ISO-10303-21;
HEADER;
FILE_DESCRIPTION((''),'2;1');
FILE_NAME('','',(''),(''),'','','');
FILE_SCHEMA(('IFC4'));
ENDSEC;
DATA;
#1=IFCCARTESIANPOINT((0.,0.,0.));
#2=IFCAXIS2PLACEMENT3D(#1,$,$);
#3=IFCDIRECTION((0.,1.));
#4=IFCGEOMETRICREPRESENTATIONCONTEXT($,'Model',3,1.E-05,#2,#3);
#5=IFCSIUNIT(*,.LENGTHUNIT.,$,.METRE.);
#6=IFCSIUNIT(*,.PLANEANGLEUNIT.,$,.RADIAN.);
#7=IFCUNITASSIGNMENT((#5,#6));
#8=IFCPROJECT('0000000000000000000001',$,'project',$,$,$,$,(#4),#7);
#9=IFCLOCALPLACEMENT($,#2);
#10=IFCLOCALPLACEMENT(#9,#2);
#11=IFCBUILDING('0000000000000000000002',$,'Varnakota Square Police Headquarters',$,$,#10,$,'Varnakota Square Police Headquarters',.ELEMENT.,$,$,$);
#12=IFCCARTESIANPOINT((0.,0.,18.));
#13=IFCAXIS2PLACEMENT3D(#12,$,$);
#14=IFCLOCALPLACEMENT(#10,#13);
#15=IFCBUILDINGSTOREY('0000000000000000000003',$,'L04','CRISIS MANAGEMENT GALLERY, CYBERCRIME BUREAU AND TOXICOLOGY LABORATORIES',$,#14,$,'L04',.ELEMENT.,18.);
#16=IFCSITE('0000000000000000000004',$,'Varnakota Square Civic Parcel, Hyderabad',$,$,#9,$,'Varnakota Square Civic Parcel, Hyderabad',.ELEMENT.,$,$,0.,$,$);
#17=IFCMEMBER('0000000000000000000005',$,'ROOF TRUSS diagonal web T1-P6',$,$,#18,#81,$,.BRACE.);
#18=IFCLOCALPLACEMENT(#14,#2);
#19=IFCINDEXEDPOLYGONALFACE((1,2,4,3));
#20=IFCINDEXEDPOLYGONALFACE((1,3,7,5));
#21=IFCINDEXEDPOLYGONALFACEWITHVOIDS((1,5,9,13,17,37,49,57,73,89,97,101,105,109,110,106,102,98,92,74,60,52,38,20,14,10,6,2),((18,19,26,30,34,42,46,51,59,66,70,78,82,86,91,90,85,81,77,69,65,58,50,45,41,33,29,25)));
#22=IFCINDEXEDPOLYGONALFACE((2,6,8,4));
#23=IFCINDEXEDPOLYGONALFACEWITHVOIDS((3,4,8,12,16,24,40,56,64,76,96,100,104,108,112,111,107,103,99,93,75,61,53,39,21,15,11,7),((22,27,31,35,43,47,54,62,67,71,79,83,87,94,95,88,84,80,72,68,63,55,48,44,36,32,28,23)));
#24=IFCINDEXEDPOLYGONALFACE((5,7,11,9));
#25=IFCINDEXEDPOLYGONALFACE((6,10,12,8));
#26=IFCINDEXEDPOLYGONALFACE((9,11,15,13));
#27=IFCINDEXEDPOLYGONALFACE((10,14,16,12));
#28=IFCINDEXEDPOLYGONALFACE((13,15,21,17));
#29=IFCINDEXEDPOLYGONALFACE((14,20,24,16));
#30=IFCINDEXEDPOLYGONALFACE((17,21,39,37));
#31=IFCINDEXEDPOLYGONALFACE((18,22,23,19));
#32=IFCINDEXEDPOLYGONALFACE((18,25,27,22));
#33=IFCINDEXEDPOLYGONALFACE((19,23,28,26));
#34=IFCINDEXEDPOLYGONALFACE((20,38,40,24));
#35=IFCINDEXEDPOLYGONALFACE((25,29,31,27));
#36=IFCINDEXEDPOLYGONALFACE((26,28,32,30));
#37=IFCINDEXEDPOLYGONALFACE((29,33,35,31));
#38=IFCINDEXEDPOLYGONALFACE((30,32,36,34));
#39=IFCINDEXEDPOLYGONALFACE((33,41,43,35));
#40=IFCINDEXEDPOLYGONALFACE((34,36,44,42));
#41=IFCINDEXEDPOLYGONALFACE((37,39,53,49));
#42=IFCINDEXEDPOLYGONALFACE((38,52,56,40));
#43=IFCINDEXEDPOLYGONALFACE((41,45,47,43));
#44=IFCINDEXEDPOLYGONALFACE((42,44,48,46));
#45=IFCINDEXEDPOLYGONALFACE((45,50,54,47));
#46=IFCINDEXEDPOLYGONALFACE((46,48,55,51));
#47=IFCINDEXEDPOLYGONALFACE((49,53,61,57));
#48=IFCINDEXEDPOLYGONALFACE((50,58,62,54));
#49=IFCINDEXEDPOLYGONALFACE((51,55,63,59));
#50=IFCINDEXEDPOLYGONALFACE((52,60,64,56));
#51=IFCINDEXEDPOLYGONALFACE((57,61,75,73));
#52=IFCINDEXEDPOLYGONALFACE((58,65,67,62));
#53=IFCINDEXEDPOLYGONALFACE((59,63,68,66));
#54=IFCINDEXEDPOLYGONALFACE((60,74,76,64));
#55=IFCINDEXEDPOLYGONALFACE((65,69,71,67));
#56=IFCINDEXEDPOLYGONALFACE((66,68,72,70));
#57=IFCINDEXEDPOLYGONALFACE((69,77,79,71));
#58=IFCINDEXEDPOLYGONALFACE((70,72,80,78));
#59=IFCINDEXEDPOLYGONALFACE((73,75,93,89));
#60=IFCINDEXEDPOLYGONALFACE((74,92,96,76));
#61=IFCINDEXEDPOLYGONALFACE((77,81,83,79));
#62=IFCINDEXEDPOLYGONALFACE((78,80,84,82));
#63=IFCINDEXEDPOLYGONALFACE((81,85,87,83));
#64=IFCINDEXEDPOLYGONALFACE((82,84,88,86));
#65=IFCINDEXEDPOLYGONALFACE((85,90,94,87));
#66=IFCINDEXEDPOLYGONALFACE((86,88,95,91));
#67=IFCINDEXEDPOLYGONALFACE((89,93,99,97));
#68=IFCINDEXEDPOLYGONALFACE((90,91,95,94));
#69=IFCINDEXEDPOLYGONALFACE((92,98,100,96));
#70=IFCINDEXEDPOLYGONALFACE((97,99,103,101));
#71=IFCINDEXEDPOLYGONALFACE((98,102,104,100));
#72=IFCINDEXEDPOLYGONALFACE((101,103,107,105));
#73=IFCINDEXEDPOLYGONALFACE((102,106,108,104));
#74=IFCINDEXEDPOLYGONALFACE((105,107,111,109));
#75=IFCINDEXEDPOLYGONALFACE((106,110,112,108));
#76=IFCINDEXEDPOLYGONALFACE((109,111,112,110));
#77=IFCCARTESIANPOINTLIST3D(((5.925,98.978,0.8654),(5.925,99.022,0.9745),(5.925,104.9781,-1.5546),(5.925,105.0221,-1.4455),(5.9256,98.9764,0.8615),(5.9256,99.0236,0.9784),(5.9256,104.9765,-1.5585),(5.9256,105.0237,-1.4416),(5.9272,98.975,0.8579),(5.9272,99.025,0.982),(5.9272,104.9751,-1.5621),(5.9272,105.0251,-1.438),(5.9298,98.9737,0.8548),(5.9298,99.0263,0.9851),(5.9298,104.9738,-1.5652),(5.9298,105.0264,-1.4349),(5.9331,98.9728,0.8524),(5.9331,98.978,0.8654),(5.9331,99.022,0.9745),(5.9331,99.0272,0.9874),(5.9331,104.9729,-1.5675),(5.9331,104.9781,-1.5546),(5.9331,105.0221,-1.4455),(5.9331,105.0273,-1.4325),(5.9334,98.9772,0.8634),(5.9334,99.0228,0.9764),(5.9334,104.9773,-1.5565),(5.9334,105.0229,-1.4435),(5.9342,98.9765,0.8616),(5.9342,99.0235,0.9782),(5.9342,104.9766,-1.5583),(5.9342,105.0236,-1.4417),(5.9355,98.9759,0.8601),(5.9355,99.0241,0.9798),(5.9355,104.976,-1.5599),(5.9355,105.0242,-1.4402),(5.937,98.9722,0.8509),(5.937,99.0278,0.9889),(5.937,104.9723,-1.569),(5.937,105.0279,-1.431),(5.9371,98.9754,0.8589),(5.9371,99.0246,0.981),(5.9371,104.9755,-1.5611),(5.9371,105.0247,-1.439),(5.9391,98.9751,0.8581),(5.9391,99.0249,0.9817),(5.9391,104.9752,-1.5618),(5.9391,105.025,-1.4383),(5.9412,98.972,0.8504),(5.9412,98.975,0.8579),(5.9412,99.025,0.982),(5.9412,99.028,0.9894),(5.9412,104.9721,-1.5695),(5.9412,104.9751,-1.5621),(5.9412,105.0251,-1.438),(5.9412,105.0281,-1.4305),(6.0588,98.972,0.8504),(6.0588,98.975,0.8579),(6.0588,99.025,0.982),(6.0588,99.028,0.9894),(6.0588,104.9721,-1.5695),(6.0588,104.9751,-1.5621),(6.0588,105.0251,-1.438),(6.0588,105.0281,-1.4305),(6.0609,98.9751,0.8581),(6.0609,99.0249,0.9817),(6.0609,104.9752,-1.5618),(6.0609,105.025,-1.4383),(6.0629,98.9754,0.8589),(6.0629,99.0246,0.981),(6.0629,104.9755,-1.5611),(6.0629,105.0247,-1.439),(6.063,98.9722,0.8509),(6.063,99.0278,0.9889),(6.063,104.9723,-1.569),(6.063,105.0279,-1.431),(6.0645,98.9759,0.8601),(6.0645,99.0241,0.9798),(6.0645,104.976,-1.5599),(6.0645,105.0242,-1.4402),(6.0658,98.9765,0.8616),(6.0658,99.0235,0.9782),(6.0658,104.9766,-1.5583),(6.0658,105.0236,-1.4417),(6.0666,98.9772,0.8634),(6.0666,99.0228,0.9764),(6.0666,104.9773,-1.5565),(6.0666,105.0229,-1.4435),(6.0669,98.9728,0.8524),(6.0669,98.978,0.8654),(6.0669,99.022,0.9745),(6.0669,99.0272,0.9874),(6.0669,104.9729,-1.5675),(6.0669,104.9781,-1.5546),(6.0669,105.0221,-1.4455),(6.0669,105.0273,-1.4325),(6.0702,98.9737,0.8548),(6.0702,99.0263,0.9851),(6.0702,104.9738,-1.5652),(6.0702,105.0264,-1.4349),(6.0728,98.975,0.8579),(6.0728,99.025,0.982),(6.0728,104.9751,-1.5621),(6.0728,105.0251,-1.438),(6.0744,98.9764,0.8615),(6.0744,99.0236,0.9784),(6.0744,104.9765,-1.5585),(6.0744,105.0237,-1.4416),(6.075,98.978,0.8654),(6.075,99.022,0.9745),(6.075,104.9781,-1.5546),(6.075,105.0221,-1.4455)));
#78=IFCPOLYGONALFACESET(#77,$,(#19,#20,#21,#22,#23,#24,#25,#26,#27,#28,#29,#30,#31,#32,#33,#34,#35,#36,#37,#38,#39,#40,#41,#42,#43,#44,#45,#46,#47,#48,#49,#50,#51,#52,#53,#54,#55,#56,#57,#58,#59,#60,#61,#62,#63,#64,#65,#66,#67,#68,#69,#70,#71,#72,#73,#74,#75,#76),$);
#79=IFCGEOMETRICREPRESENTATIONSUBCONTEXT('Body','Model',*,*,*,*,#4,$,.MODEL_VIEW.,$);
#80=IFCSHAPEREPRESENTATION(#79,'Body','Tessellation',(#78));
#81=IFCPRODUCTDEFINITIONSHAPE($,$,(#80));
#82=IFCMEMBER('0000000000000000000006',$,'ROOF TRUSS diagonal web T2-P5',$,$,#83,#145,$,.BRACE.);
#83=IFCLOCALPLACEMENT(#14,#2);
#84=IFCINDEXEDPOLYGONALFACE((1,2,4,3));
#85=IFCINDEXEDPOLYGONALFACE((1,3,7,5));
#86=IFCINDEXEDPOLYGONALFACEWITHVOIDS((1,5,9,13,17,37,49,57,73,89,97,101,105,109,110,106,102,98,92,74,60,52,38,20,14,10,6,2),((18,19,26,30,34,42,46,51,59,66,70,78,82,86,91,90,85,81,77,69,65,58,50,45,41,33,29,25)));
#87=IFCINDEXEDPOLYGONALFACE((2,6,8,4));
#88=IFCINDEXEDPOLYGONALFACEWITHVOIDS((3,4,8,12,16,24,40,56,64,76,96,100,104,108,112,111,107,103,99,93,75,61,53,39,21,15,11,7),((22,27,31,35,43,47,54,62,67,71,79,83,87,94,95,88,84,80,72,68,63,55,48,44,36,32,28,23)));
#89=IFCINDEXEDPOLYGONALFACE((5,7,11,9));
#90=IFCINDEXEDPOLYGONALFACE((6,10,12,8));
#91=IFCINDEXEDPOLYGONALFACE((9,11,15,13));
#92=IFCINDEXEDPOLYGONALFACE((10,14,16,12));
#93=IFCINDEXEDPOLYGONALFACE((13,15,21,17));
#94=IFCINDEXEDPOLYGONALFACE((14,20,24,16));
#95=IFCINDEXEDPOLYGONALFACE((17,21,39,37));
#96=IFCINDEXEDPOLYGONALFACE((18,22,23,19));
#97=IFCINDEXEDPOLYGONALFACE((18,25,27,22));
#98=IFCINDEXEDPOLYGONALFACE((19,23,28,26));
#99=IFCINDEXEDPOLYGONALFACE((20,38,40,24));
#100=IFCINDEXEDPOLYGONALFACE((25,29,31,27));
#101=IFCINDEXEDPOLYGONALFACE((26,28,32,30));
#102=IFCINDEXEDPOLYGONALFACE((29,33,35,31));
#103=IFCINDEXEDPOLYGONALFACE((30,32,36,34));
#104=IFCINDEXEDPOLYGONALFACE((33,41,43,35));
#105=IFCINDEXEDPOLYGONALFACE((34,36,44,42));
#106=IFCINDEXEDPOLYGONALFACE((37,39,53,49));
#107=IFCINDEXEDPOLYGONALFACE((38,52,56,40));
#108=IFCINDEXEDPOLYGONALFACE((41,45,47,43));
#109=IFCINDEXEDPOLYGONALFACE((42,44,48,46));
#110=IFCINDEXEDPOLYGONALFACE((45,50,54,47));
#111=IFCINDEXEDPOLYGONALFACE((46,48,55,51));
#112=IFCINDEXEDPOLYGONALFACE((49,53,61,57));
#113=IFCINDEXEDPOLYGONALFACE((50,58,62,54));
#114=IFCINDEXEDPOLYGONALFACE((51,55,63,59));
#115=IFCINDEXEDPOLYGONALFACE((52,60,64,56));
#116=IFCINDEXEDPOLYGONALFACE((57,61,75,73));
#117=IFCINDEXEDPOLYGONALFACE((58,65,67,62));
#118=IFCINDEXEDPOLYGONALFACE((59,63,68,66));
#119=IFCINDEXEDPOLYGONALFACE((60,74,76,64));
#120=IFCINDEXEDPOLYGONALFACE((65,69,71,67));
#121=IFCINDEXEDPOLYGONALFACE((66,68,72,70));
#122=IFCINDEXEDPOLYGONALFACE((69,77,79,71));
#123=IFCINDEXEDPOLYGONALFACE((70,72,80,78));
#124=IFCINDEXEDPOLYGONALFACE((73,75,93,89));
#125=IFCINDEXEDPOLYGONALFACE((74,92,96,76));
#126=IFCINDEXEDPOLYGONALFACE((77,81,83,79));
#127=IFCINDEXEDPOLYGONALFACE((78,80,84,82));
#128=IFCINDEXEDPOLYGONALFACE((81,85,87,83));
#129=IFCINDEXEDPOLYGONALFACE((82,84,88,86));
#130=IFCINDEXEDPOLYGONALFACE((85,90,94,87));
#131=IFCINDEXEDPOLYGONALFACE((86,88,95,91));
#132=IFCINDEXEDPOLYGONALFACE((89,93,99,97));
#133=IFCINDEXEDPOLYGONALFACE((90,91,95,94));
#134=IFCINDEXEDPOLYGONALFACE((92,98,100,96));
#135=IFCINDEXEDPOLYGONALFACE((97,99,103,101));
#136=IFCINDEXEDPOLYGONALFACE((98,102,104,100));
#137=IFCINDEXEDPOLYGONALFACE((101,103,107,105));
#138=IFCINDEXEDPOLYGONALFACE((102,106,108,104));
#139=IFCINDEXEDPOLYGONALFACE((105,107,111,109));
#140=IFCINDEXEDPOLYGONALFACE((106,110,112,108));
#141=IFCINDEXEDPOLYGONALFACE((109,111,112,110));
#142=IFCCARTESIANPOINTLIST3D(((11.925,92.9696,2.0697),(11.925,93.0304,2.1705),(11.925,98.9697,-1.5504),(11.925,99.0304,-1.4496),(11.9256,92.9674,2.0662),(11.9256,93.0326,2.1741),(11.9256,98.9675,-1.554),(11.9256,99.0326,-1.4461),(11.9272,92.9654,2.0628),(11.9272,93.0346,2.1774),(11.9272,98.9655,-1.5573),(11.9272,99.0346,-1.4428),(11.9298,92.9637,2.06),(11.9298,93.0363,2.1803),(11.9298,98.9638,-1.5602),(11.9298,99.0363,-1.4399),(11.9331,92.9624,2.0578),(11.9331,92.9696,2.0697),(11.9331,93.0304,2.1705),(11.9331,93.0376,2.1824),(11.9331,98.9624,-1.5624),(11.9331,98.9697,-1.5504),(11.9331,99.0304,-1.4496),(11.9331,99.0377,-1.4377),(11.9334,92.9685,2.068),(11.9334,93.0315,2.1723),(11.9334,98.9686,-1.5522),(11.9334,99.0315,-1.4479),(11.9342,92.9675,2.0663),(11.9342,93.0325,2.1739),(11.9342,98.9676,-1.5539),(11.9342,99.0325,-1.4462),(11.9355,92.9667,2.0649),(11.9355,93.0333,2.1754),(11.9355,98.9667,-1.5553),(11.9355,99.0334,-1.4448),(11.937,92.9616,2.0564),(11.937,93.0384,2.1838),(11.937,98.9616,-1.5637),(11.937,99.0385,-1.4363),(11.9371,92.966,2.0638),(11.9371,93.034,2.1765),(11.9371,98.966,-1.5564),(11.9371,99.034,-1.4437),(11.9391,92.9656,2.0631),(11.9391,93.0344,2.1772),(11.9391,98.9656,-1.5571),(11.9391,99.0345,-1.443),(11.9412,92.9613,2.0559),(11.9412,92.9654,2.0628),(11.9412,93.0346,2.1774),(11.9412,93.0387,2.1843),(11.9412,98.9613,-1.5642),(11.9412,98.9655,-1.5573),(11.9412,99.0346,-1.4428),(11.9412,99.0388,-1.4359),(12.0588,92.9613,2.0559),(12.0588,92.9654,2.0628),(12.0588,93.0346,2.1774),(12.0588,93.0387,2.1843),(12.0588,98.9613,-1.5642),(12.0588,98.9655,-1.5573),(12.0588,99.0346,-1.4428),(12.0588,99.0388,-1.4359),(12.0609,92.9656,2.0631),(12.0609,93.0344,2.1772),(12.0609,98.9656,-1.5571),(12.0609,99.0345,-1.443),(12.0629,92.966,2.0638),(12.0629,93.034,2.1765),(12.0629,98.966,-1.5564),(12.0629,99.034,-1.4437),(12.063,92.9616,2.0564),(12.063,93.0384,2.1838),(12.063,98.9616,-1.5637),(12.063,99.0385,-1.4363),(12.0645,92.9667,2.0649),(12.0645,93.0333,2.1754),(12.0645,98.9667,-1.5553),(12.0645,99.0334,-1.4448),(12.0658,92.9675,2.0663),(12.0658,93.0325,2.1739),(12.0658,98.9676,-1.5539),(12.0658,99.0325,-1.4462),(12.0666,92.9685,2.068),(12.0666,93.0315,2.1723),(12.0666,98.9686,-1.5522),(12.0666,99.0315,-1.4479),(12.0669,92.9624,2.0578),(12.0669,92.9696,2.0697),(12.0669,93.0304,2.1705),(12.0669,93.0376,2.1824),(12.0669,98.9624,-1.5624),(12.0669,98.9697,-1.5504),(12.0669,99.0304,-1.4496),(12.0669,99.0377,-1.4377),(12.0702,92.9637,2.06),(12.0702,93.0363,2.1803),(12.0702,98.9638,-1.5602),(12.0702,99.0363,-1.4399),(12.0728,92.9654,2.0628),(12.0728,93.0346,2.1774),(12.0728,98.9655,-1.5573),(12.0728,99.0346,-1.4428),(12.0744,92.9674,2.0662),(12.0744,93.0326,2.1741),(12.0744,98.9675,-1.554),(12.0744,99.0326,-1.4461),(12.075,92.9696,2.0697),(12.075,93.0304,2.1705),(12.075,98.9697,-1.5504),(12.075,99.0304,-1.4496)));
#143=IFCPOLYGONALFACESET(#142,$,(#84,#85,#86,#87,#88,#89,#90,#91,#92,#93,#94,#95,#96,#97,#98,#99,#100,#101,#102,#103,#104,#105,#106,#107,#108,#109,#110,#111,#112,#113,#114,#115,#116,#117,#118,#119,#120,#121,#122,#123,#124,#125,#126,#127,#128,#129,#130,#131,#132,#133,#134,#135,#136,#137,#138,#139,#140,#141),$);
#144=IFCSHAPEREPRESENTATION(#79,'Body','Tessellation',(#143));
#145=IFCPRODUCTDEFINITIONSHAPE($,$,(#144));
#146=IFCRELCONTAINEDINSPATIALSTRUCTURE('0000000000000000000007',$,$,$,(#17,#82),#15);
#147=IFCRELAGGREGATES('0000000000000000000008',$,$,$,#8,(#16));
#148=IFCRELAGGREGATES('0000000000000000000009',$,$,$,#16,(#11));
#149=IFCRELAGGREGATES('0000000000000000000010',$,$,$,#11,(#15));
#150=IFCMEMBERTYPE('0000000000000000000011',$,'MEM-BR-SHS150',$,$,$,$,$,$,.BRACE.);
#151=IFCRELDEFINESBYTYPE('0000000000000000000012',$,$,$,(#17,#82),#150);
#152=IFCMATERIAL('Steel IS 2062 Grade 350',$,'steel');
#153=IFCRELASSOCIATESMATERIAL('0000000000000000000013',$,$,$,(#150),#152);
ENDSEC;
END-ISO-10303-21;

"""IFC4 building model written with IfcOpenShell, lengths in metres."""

from ifc_helpers import new_model, si_unit, direction, frame, origin, origin_2d, place, context, subcontext, project, spatial, hollow_rectangle, extrude, material, material_profile, profile_set, type_object, element, save


model = new_model("IFC4")

# Units and contexts
model_context = context("Model", 3, precision=1e-05, world=origin(), true_north=direction((0.0, 1.0)))
body_context = subcontext(model_context, "Body", "Model", "MODEL_VIEW")
ifc_project = project(units=[si_unit("LENGTHUNIT", "METRE"), si_unit("PLANEANGLEUNIT", "RADIAN")], contexts=[model_context])

# Site, building, storey
site_placement = place(None, origin())
site = spatial("IfcSite", under=ifc_project, at=site_placement, Name="Varnakota Square Civic Parcel, Hyderabad", LongName="Varnakota Square Civic Parcel, Hyderabad", CompositionType="ELEMENT", RefElevation=0.0)
building_placement = place(site_placement, origin())
building = spatial("IfcBuilding", under=site, at=building_placement, Name="Varnakota Square Police Headquarters", LongName="Varnakota Square Police Headquarters", CompositionType="ELEMENT")
storey_placement = place(building_placement, frame((0.0, 0.0, 18.0)))
storey = spatial("IfcBuildingStorey", under=building, at=storey_placement, Name="L04", Description="CRISIS MANAGEMENT GALLERY, CYBERCRIME BUREAU AND TOXICOLOGY LABORATORIES", LongName="L04", CompositionType="ELEMENT", Elevation=18.0)

# Shared definitions
ifc_material_1 = material(Name="Steel IS 2062 Grade 350", Category="steel")

# Members
ifc_material_profile_1 = material_profile(ifc_material_1, hollow_rectangle(XDim=0.1499, YDim=0.1499, WallThickness=0.0081, InnerFilletRadius=0.0081, OuterFilletRadius=0.0161, at=origin_2d()), Name="SHS 150x150x8")
ifc_profile_set_1 = profile_set([ifc_material_profile_1], Name="Steel IS 2062 Grade 350")
member_type_1 = type_object("IfcMemberType", Name="MEM-BR-SHS150", PredefinedType="BRACE", material=ifc_profile_set_1)
member_1_placement = place(storey_placement, frame((6.0, 99.0, 0.9199), z_axis=(0.0, 0.927411, -0.374044), x_axis=(-1.0, 0.0, 0.0)))
element("IfcMember", 1, at=member_1_placement, inside=storey, type_object=member_type_1, Name="ROOF TRUSS diagonal web T1-P6", PredefinedType="BRACE", context=body_context, shape_type="SweptSolid", body=[
    extrude(hollow_rectangle(XDim=0.1499, YDim=0.1499, WallThickness=0.0081, InnerFilletRadius=0.0081, OuterFilletRadius=0.0161, at=origin_2d()), origin(), (0.0, 0.0, 1.0), 6.4697),
])
member_2_placement = place(storey_placement, frame((12.0, 93.0, 2.1201), z_axis=(0.0, 0.856224, -0.516605), x_axis=(-1.0, 0.0, 0.0)))
element("IfcMember", 2, at=member_2_placement, inside=storey, type_object=member_type_1, Name="ROOF TRUSS diagonal web T2-P5", PredefinedType="BRACE", context=body_context, shape_type="SweptSolid", body=[
    extrude(hollow_rectangle(XDim=0.1499, YDim=0.1499, WallThickness=0.0081, InnerFilletRadius=0.0081, OuterFilletRadius=0.0161, at=origin_2d()), origin(), (0.0, 0.0, 1.0), 7.0076),
])

save(model, "model.ifc")
